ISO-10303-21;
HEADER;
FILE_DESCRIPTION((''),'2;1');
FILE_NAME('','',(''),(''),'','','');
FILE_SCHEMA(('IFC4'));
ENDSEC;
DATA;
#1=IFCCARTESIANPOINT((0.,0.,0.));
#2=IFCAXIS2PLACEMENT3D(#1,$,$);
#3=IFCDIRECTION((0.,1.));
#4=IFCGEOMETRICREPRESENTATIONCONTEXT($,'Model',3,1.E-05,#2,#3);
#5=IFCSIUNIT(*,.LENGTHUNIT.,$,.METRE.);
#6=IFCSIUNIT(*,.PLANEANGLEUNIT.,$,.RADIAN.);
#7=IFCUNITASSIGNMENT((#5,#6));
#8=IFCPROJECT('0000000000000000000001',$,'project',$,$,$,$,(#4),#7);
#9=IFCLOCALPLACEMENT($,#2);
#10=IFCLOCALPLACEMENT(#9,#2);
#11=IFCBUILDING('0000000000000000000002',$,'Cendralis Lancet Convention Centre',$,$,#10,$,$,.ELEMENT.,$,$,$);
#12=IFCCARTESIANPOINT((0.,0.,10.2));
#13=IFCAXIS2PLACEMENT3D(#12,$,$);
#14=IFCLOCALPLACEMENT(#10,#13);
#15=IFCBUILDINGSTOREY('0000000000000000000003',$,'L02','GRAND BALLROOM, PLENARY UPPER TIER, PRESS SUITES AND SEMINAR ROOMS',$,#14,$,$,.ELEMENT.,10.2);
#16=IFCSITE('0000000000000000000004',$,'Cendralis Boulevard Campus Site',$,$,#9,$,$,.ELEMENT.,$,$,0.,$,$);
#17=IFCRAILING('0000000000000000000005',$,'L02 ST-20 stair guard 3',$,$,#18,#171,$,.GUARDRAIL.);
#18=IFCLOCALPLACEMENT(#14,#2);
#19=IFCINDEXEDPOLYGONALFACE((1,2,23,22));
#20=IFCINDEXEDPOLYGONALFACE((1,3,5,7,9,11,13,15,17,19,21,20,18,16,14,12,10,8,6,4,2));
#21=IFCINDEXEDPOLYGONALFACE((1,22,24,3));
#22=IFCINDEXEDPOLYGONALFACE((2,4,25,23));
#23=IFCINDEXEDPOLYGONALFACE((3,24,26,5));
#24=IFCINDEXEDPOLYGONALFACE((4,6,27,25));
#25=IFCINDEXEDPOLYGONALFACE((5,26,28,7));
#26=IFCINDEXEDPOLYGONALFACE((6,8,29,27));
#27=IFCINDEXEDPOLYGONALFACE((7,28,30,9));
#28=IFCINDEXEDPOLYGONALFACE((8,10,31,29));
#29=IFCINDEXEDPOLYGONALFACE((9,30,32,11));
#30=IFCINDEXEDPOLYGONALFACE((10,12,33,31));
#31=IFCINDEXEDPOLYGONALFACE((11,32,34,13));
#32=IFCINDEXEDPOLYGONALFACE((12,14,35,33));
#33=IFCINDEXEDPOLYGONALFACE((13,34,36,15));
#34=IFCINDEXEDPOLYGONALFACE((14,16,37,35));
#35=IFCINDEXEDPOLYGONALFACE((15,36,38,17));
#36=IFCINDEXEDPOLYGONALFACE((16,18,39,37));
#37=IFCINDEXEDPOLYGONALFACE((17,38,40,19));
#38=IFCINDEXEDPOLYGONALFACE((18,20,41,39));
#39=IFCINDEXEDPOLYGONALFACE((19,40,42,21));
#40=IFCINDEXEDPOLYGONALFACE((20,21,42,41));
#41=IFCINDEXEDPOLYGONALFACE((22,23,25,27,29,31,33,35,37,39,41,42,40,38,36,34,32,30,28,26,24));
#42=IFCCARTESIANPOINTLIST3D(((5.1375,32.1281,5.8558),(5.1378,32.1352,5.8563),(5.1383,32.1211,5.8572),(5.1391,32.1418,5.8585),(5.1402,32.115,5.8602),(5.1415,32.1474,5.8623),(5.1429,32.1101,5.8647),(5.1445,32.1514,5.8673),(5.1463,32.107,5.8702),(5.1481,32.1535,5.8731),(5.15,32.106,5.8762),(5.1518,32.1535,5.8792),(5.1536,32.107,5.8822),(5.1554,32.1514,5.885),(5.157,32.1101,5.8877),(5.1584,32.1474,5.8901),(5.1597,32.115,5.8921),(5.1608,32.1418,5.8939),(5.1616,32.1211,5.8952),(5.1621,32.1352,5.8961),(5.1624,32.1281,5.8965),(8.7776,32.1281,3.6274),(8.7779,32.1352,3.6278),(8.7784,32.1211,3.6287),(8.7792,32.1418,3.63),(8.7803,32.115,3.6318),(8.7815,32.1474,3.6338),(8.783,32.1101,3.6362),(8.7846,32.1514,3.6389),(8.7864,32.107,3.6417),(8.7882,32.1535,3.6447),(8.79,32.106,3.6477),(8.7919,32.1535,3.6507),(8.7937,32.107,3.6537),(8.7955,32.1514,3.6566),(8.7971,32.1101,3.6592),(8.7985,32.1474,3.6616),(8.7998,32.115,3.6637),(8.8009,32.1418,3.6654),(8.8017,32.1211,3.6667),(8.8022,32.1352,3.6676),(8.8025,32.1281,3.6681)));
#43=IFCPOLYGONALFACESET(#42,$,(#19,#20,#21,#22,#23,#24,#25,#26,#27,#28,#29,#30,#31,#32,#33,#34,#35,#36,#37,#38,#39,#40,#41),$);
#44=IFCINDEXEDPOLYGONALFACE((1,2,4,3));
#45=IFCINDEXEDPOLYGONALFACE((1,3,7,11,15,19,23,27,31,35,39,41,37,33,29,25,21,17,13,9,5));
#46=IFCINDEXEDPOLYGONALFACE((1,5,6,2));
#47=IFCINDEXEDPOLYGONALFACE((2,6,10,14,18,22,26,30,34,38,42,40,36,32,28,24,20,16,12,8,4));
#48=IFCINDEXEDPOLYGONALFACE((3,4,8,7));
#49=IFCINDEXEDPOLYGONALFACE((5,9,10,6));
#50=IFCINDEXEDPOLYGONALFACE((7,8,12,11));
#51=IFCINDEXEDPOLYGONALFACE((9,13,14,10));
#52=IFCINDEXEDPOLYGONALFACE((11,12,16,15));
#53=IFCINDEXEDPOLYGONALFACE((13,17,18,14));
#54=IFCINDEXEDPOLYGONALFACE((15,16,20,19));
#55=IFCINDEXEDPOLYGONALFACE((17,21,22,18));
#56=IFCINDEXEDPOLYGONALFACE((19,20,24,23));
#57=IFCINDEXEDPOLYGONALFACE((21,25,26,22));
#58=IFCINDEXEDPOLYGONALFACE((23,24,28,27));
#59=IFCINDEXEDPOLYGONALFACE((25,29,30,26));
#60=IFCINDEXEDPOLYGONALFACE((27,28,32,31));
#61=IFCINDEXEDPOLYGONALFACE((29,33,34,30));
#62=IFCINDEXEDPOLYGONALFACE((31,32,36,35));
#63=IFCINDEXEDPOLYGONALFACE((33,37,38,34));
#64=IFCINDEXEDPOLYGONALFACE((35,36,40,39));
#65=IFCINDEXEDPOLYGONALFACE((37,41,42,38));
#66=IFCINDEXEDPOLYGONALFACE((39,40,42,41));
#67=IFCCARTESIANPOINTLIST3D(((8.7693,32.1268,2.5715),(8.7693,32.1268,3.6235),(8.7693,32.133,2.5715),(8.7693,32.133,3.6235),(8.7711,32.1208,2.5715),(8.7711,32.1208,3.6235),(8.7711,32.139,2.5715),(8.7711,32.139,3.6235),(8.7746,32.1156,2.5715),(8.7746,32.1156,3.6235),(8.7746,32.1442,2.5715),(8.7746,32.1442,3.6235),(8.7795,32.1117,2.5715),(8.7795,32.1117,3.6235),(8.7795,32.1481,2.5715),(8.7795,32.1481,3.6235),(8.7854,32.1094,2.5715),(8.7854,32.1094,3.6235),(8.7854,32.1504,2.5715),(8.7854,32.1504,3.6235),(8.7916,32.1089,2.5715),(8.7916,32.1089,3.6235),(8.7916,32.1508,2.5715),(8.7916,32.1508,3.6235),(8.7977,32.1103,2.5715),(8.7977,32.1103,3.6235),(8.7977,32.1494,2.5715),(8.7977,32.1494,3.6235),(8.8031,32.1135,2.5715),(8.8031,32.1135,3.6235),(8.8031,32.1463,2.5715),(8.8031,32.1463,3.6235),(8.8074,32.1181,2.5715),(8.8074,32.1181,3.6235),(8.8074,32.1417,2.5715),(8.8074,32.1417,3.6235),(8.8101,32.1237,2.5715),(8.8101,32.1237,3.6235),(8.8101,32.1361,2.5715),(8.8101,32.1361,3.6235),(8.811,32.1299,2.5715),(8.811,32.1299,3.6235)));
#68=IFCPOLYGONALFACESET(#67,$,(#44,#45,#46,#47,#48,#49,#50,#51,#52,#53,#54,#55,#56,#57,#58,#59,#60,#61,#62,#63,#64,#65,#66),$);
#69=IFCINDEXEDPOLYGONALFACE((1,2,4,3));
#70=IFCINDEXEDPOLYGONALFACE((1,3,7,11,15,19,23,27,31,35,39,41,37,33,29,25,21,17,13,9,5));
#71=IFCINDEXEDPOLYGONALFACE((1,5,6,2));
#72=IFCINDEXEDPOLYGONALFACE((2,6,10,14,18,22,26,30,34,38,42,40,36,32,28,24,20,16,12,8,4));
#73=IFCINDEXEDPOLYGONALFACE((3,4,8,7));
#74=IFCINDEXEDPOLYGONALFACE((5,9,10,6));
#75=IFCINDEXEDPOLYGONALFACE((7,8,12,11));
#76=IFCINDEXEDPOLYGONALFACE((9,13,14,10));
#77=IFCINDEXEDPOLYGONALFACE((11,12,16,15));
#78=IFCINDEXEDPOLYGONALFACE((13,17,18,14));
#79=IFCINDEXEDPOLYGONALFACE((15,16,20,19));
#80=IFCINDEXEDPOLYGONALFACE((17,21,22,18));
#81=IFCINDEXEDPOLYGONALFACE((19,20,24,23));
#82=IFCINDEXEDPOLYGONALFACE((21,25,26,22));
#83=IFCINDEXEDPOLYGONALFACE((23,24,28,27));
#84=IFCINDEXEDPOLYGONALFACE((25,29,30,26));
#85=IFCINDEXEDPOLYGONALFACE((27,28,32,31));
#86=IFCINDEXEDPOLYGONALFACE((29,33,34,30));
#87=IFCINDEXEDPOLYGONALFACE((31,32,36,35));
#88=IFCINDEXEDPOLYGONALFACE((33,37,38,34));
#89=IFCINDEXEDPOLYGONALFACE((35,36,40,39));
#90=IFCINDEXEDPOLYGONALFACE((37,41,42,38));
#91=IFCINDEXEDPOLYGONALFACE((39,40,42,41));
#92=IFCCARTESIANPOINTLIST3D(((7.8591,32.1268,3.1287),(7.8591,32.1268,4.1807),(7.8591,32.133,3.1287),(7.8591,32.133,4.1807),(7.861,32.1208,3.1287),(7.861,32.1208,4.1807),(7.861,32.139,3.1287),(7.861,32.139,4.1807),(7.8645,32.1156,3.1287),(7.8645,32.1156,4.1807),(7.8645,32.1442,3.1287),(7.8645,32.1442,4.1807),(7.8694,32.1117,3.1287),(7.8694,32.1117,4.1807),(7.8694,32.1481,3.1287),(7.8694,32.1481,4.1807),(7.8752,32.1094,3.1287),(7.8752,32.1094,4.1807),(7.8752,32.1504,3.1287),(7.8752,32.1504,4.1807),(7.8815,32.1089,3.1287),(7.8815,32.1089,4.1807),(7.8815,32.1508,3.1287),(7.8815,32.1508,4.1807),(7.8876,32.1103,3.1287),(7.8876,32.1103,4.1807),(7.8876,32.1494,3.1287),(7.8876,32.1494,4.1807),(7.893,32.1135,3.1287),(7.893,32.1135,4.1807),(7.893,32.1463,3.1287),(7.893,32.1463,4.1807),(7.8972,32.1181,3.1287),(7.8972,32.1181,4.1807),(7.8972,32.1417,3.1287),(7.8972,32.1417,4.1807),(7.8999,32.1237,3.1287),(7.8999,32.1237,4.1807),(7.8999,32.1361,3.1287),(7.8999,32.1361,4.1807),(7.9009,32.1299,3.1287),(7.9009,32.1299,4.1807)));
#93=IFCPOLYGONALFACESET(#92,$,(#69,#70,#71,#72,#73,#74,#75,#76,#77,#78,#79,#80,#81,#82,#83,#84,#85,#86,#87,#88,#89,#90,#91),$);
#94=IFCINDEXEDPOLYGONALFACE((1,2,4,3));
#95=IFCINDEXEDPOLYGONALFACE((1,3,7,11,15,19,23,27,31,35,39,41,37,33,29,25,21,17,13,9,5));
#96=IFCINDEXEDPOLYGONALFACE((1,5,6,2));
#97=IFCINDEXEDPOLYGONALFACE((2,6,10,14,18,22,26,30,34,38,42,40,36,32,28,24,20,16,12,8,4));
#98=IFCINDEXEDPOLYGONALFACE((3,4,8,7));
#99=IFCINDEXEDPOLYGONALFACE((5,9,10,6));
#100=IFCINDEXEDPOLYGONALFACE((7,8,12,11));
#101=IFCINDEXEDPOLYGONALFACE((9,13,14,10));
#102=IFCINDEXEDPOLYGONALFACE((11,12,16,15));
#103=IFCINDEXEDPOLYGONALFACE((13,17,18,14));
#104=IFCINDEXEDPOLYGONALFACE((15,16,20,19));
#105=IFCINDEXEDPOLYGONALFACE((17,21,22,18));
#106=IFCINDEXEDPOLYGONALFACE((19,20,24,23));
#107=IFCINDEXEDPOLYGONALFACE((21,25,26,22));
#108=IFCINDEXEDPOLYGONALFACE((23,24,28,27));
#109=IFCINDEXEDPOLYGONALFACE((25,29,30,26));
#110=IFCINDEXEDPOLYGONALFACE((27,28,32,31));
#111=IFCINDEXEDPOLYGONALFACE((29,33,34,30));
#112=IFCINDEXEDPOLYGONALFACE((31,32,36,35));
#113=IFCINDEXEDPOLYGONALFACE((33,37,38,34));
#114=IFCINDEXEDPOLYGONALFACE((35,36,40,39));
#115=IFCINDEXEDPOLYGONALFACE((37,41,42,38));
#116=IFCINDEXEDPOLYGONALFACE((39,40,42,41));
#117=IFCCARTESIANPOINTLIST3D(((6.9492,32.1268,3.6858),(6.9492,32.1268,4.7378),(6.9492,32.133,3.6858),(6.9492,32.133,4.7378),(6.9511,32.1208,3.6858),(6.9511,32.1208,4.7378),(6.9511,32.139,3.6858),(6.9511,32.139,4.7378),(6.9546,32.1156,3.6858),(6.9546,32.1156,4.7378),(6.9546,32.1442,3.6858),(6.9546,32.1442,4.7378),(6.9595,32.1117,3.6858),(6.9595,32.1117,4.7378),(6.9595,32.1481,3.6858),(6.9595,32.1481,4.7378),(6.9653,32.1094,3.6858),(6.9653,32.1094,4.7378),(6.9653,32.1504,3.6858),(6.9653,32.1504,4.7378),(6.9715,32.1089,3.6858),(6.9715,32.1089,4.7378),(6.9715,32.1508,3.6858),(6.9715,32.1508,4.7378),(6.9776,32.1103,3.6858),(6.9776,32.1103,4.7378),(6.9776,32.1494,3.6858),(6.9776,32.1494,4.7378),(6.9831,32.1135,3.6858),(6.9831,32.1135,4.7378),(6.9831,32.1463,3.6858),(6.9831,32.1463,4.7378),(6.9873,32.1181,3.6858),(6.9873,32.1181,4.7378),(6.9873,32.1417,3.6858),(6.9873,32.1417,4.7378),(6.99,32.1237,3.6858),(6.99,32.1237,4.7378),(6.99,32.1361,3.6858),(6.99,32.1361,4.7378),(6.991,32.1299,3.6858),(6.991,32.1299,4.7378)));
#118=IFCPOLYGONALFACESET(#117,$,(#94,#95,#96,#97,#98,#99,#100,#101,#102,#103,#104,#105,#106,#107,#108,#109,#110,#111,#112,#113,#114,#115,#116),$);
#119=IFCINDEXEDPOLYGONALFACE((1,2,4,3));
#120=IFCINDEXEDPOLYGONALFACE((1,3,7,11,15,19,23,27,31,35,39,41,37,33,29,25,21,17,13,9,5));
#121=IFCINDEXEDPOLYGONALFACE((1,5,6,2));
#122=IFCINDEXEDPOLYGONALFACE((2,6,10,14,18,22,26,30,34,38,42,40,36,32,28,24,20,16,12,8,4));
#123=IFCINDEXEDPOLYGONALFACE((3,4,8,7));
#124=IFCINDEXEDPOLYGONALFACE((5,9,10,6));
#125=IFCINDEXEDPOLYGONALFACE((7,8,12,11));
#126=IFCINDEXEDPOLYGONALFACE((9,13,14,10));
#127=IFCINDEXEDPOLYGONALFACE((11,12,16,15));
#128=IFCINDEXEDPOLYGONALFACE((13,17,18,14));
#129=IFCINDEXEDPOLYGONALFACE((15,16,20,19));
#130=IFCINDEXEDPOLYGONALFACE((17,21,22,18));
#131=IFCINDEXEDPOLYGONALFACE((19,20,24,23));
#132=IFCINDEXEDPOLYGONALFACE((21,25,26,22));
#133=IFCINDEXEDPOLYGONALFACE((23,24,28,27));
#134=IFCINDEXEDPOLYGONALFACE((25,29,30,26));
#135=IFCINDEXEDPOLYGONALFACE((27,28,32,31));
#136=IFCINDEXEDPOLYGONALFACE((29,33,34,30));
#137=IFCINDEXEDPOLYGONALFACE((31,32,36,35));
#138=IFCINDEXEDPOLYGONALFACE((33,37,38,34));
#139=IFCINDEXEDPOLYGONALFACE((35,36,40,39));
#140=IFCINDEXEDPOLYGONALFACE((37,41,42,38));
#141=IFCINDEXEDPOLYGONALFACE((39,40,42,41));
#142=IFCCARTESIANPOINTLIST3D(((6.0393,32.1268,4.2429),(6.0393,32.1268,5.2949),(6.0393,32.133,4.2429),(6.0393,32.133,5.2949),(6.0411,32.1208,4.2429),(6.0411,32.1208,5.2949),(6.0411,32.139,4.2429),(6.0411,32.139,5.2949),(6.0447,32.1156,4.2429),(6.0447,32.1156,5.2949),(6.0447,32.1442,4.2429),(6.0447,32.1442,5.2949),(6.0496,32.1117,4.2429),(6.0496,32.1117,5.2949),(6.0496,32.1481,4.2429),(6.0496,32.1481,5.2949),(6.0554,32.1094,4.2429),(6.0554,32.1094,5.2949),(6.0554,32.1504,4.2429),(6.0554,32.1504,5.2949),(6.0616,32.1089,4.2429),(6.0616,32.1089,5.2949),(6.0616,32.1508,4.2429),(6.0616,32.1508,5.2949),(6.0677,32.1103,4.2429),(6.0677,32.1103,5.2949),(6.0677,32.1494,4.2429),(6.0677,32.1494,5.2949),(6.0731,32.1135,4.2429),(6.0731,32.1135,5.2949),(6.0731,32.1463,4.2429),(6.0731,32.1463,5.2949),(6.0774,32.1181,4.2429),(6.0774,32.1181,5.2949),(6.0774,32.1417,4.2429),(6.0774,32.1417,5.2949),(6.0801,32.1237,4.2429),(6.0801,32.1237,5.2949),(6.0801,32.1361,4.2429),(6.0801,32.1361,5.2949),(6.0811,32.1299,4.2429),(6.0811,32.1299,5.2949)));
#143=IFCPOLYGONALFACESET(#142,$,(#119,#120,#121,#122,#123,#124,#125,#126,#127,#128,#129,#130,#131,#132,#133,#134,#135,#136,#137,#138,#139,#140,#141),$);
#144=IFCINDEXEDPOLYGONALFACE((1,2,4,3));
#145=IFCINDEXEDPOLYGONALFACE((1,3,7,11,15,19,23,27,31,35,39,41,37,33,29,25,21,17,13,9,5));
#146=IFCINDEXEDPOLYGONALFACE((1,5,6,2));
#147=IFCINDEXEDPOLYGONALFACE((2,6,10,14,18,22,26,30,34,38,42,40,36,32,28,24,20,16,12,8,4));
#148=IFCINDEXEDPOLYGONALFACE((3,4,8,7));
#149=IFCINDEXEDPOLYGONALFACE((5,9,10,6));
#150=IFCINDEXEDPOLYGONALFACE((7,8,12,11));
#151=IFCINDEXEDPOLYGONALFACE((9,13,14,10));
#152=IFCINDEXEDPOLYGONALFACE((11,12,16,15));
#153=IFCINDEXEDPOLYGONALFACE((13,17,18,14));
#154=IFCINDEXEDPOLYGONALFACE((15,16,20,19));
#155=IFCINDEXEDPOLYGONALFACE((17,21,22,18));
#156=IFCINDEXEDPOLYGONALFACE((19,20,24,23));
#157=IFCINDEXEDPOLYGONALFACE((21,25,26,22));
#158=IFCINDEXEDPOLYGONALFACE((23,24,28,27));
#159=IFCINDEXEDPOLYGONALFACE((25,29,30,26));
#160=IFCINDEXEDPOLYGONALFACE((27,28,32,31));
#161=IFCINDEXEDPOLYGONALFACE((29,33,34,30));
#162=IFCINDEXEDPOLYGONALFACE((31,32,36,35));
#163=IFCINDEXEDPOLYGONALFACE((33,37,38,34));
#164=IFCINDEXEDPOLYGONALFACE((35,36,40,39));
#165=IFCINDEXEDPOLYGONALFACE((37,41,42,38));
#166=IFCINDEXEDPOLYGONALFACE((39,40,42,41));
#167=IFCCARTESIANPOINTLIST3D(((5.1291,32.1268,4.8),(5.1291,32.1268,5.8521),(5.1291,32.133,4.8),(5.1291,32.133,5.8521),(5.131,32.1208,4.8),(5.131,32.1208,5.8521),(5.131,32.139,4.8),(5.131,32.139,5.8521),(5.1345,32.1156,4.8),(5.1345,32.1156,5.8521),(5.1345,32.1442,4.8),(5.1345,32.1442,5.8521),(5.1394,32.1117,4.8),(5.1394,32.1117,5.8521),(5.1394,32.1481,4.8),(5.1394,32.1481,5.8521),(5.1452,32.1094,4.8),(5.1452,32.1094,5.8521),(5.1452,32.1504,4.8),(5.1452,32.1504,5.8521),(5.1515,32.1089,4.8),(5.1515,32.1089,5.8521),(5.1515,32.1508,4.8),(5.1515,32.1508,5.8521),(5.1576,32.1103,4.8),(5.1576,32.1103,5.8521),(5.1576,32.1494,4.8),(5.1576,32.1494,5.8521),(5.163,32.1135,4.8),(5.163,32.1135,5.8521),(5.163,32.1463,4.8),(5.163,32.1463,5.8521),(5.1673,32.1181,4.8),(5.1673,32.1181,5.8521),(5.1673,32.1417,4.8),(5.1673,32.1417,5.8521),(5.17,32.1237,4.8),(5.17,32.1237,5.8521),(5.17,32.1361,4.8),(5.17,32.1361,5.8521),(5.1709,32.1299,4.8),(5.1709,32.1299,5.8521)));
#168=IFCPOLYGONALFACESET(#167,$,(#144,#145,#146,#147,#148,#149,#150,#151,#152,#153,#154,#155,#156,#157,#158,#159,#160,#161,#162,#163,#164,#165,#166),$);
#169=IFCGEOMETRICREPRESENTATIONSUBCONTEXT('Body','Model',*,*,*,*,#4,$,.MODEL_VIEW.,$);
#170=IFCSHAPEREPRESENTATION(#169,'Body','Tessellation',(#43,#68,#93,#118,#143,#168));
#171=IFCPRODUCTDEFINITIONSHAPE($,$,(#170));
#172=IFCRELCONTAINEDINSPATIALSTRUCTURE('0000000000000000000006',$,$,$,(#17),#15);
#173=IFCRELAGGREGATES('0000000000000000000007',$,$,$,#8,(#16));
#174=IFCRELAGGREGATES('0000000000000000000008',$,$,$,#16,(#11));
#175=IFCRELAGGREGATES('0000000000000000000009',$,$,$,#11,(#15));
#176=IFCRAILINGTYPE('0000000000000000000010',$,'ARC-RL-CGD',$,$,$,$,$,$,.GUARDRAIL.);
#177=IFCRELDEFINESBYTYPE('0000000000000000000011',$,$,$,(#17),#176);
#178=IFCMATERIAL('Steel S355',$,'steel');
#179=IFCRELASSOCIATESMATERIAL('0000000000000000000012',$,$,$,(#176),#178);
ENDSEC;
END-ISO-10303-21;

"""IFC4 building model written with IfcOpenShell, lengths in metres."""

from ifc_helpers import new_model, si_unit, direction, frame, origin, origin_2d, place, context, subcontext, project, spatial, circle, extrude, material, type_object, element, save


model = new_model("IFC4")

# Units and contexts
model_context = context("Model", 3, precision=1e-05, world=origin(), true_north=direction((0.0, 1.0)))
body_context = subcontext(model_context, "Body", "Model", "MODEL_VIEW")
ifc_project = project(units=[si_unit("LENGTHUNIT", "METRE"), si_unit("PLANEANGLEUNIT", "RADIAN")], contexts=[model_context])

# Site, building, storey
site_placement = place(None, origin())
site = spatial("IfcSite", under=ifc_project, at=site_placement, Name="Cendralis Boulevard Campus Site", CompositionType="ELEMENT", RefElevation=0.0)
building_placement = place(site_placement, origin())
building = spatial("IfcBuilding", under=site, at=building_placement, Name="Cendralis Lancet Convention Centre", CompositionType="ELEMENT")
storey_placement = place(building_placement, frame((0.0, 0.0, 10.2)))
storey = spatial("IfcBuildingStorey", under=building, at=storey_placement, Name="L02", Description="GRAND BALLROOM, PLENARY UPPER TIER, PRESS SUITES AND SEMINAR ROOMS", CompositionType="ELEMENT", Elevation=10.2)

# Shared definitions
ifc_material_1 = material(Name="Steel S355", Category="steel")

# Railing
railing_type_1 = type_object("IfcRailingType", Name="ARC-RL-CGD", PredefinedType="GUARDRAIL", material=ifc_material_1)
railing_1_placement = place(storey_placement, frame((8.79, 32.1299, 2.5715)))
element("IfcRailing", 1, at=railing_1_placement, inside=storey, type_object=railing_type_1, Name="L02 ST-20 stair guard 3", PredefinedType="GUARDRAIL", context=body_context, shape_type="SweptSolid", body=[
    extrude(circle(Radius=0.0239, at=origin_2d()), frame((0.0, 0.0, 1.0762), z_axis=(-0.852866, 0.0, 0.52213), x_axis=(0.0, -1.0, 0.0)), (0.0, 0.0, 1.0), 4.2681),
    extrude(circle(Radius=0.021, at=origin_2d()), origin(), (0.0, 0.0, 1.0), 1.052),
    extrude(circle(Radius=0.021, at=origin_2d()), frame((-0.9102, 0.0, 0.5571)), (0.0, 0.0, 1.0), 1.052),
    extrude(circle(Radius=0.021, at=origin_2d()), frame((-1.8201, 0.0, 1.1143)), (0.0, 0.0, 1.0), 1.052),
    extrude(circle(Radius=0.021, at=origin_2d()), frame((-2.73, 0.0, 1.6714)), (0.0, 0.0, 1.0), 1.052),
    extrude(circle(Radius=0.021, at=origin_2d()), frame((-3.6401, 0.0, 2.2285)), (0.0, 0.0, 1.0), 1.052),
])

save(model, "model.ifc")
